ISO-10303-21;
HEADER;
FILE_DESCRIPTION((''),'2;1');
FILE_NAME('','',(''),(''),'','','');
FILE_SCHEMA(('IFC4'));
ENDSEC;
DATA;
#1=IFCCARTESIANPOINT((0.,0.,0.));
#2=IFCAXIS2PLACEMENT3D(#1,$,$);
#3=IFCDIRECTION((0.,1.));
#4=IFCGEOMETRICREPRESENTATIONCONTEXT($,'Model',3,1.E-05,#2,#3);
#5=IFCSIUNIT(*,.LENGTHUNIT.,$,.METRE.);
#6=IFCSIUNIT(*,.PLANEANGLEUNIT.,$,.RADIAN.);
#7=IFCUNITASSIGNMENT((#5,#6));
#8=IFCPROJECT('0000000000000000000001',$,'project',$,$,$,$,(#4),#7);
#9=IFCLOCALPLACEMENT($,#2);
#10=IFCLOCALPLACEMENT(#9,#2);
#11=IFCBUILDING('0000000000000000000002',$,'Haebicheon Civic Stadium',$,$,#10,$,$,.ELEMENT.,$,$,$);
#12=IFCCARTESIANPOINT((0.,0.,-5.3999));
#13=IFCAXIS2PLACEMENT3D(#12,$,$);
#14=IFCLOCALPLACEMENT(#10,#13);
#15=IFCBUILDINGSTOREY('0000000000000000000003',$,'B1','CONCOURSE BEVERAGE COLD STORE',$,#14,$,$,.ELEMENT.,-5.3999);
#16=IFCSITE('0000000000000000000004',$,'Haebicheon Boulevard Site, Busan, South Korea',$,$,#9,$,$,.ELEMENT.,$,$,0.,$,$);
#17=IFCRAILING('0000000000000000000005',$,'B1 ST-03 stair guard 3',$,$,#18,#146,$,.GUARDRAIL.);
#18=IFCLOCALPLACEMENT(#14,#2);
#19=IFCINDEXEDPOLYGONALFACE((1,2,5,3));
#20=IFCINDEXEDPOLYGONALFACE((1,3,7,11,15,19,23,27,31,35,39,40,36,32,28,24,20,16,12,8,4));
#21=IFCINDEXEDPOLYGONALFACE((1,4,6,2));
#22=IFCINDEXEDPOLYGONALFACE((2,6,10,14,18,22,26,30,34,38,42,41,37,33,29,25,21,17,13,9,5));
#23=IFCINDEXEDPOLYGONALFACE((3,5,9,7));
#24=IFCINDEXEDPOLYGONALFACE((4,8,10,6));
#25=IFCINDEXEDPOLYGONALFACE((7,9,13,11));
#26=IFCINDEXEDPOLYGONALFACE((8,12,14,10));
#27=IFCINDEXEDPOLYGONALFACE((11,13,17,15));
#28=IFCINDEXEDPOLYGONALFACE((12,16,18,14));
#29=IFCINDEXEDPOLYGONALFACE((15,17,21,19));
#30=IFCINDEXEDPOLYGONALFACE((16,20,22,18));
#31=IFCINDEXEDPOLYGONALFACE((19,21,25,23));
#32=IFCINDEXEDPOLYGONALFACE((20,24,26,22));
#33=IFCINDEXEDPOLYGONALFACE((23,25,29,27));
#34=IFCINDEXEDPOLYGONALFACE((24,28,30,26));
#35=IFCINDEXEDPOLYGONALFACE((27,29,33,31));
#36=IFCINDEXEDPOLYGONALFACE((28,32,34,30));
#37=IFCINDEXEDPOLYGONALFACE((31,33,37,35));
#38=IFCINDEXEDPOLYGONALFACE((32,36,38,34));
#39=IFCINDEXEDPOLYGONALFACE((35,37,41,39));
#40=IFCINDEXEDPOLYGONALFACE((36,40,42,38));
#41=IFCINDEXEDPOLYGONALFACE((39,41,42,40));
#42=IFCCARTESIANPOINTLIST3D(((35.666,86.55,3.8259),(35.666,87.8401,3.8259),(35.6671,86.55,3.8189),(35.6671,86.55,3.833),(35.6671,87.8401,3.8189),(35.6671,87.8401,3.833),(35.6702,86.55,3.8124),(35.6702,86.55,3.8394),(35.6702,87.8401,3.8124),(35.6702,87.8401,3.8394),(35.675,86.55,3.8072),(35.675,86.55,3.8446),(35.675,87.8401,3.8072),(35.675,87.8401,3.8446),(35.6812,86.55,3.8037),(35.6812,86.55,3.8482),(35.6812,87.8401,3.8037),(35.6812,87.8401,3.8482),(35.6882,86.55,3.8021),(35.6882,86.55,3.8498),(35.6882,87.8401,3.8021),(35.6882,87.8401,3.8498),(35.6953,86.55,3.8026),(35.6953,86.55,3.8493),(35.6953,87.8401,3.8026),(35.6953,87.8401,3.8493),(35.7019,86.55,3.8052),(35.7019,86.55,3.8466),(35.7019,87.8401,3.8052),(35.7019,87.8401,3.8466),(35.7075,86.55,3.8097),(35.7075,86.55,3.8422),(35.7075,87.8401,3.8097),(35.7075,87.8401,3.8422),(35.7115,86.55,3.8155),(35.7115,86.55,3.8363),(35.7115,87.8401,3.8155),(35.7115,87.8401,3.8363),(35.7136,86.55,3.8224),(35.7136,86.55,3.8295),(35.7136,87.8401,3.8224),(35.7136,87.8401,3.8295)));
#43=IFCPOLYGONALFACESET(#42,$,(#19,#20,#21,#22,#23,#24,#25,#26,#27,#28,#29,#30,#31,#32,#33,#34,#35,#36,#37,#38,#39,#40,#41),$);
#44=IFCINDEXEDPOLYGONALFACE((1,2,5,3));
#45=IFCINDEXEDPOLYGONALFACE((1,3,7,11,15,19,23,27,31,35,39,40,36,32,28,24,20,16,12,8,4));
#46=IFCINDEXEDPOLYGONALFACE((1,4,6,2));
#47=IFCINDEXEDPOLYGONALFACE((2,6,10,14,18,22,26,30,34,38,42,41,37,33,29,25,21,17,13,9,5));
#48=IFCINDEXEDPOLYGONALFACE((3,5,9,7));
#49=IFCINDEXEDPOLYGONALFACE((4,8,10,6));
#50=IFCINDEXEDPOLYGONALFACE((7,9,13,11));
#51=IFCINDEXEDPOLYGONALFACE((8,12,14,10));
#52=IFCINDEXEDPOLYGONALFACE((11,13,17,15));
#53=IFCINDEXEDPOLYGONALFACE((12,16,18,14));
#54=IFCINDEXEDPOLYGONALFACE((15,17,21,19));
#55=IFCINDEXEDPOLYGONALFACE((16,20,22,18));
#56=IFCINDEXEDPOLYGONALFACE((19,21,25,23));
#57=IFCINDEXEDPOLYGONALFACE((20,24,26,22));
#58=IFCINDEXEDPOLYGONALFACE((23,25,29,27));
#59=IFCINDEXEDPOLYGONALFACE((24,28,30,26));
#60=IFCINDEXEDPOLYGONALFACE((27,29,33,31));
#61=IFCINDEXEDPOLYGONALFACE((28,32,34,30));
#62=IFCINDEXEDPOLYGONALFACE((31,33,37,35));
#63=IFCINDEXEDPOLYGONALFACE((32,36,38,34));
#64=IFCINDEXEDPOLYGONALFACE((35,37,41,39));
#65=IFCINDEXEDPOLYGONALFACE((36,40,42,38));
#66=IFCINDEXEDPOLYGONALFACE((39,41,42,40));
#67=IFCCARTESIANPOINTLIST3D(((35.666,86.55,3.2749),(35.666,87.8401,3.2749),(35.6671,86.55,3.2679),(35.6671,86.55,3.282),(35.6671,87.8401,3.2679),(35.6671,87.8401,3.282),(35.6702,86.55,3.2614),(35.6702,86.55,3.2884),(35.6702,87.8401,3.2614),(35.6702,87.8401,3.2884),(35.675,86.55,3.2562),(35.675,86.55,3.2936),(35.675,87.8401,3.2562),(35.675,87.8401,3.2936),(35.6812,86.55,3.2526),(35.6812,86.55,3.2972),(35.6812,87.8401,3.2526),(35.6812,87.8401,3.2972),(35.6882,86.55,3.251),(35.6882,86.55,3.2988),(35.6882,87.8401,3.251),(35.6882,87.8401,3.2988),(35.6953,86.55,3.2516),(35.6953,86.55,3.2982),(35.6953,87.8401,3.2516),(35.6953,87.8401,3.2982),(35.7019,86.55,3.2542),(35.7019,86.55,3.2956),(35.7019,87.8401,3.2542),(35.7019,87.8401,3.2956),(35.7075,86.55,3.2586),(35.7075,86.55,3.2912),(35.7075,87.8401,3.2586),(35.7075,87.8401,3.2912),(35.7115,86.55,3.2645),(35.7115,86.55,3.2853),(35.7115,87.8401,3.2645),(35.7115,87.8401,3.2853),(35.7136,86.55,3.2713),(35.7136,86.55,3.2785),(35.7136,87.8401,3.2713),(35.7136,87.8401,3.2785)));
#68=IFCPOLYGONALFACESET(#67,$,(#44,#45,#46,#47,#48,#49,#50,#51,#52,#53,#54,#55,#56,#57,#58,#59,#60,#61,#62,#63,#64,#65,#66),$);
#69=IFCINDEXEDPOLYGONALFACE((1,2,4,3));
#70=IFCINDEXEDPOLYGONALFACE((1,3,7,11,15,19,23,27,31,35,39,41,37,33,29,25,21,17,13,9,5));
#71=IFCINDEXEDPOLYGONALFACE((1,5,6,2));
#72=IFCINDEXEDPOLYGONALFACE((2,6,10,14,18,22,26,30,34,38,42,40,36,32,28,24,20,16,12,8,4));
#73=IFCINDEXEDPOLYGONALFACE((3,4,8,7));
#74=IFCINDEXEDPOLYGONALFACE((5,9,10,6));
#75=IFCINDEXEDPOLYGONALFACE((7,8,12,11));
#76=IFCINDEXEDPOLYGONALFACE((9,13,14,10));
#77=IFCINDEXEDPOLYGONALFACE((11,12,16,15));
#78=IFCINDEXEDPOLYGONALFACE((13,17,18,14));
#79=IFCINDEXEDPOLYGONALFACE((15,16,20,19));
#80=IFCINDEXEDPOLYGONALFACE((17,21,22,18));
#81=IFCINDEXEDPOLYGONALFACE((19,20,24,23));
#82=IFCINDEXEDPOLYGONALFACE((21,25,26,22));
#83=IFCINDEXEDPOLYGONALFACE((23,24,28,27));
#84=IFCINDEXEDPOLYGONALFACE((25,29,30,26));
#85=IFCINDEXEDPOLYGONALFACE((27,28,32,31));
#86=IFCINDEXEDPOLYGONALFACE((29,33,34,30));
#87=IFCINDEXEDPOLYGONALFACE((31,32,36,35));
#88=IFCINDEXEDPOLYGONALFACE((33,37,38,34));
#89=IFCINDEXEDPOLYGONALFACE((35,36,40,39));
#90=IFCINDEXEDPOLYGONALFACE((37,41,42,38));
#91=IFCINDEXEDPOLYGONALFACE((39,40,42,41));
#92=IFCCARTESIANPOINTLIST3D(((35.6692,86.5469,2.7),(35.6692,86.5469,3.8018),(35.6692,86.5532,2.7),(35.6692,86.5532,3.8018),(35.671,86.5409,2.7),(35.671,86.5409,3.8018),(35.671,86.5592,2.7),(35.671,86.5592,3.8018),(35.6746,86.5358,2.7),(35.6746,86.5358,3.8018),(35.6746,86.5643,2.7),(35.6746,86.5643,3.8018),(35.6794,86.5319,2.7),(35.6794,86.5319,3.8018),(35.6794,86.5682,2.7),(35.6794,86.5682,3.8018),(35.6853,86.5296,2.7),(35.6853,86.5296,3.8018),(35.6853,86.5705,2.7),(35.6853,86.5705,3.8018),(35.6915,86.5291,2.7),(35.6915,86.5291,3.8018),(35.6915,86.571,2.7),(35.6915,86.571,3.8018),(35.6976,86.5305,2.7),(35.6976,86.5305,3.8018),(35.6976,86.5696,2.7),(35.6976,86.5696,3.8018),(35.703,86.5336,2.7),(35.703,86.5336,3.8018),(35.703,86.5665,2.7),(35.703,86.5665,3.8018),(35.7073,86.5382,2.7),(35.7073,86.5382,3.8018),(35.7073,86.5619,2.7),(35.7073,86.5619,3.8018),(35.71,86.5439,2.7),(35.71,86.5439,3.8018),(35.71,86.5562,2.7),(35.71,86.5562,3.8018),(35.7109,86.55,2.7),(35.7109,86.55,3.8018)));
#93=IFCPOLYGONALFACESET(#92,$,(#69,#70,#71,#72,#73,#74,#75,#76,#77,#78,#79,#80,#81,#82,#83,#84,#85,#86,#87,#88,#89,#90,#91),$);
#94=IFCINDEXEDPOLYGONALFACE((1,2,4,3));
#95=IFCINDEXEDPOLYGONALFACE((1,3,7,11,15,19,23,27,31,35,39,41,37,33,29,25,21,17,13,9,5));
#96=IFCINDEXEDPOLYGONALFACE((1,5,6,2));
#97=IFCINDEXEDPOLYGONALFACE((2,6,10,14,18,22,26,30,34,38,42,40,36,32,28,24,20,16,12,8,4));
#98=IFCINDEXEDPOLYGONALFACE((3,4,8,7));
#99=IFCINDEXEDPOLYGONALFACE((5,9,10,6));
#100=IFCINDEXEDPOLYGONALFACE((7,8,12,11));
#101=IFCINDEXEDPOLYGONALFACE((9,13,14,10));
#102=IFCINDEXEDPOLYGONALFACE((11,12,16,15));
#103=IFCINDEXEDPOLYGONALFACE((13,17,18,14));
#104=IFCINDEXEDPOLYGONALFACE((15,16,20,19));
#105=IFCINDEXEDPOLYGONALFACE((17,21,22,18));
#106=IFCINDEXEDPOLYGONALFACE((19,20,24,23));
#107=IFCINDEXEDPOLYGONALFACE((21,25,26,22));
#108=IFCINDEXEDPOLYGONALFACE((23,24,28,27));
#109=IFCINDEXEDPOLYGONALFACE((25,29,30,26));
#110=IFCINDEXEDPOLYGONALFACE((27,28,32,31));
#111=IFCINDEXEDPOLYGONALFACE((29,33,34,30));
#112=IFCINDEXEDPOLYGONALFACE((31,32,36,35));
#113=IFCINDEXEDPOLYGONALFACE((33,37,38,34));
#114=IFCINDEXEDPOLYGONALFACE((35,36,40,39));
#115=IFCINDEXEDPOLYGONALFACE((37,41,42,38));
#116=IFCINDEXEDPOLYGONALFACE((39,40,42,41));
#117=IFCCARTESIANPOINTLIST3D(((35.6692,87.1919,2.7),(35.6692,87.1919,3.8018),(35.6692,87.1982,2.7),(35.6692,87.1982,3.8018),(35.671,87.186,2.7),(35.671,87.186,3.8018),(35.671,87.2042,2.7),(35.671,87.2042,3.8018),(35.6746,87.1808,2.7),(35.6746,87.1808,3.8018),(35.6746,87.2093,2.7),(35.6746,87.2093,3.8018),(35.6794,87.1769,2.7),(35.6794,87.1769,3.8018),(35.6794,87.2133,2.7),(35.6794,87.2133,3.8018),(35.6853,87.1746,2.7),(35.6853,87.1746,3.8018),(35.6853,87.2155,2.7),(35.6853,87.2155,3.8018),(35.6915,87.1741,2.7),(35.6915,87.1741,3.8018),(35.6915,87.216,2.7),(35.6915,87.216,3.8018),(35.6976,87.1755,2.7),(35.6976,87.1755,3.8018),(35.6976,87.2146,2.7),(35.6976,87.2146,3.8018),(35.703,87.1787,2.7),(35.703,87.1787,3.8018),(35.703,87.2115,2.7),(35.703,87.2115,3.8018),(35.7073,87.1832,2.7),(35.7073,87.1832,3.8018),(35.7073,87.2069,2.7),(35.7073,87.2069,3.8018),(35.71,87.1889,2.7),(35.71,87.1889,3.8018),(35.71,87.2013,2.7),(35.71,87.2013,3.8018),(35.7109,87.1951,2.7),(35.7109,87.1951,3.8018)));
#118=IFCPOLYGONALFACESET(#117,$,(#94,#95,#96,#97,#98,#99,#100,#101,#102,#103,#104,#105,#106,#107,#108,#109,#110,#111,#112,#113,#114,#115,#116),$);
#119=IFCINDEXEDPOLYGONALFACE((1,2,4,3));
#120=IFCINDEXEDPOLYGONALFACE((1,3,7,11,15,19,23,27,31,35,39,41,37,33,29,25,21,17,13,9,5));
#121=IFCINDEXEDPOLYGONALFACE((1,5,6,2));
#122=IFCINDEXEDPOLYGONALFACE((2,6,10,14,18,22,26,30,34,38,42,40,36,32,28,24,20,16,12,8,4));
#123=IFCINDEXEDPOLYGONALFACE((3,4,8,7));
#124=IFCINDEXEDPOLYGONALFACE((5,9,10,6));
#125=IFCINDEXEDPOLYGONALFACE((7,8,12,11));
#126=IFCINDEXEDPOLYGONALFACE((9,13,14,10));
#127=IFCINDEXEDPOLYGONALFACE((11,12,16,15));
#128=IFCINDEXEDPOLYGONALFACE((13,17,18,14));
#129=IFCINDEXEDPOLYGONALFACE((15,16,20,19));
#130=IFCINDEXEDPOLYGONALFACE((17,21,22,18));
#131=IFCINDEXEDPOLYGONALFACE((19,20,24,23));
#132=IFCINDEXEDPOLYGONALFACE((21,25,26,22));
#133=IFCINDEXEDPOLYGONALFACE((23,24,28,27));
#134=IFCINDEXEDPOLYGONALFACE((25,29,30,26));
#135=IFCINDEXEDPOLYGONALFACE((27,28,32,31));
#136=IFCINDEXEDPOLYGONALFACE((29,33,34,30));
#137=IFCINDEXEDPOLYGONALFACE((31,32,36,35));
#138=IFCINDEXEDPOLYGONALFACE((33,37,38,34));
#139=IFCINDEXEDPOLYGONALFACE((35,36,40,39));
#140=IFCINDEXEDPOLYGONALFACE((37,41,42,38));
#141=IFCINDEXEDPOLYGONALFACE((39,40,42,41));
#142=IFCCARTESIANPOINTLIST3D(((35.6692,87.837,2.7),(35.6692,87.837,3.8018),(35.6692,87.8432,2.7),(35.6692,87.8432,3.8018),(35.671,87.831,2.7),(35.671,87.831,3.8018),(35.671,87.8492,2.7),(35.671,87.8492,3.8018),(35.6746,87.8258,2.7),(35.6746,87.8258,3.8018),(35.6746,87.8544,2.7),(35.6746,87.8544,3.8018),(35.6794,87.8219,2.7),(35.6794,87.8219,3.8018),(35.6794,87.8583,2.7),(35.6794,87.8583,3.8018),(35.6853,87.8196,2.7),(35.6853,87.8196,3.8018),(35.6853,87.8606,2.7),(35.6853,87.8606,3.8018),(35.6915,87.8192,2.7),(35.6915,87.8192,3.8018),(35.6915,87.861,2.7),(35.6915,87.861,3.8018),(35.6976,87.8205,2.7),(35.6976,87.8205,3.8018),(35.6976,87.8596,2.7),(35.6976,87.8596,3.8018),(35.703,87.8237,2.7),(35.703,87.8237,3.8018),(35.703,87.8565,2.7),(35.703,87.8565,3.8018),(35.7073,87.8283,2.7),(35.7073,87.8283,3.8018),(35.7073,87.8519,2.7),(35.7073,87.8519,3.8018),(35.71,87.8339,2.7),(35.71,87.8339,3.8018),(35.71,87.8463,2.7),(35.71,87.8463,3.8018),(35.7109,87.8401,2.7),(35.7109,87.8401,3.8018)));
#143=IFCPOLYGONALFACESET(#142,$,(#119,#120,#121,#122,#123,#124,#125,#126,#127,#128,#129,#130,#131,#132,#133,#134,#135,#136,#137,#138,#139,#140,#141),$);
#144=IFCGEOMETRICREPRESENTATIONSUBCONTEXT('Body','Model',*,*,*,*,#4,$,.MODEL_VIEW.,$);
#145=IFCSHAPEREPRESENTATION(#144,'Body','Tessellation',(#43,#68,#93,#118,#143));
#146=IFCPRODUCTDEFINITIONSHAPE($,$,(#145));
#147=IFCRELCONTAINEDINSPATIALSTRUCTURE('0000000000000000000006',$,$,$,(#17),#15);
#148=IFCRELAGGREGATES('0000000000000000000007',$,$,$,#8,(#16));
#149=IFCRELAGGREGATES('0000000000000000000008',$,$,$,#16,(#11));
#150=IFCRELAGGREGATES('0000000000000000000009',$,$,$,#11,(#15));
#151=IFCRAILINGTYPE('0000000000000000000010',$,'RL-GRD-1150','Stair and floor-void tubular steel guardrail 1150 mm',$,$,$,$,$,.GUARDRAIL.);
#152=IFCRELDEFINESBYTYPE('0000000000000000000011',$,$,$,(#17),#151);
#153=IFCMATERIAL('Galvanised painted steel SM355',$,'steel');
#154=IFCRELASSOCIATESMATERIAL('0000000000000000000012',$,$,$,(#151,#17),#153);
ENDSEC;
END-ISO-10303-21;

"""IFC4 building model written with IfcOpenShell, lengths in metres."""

from ifc_helpers import new_model, si_unit, direction, frame, origin, origin_2d, place, context, subcontext, project, spatial, circle, extrude, material, type_object, element, save


model = new_model("IFC4")

# Units and contexts
model_context = context("Model", 3, precision=1e-05, world=origin(), true_north=direction((0.0, 1.0)))
body_context = subcontext(model_context, "Body", "Model", "MODEL_VIEW")
ifc_project = project(units=[si_unit("LENGTHUNIT", "METRE"), si_unit("PLANEANGLEUNIT", "RADIAN")], contexts=[model_context])

# Site, building, storey
site_placement = place(None, origin())
site = spatial("IfcSite", under=ifc_project, at=site_placement, Name="Haebicheon Boulevard Site, Busan, South Korea", CompositionType="ELEMENT", RefElevation=0.0)
building_placement = place(site_placement, origin())
building = spatial("IfcBuilding", under=site, at=building_placement, Name="Haebicheon Civic Stadium", CompositionType="ELEMENT")
storey_placement = place(building_placement, frame((0.0, 0.0, -5.3999)))
storey = spatial("IfcBuildingStorey", under=building, at=storey_placement, Name="B1", Description="CONCOURSE BEVERAGE COLD STORE", CompositionType="ELEMENT", Elevation=-5.3999)

# Railing
ifc_material_1 = material(Name="Galvanised painted steel SM355", Category="steel")
railing_type = type_object("IfcRailingType", Name="RL-GRD-1150", Description="Stair and floor-void tubular steel guardrail 1150 mm", PredefinedType="GUARDRAIL", material=ifc_material_1)
railing_1_placement = place(storey_placement, frame((35.6899, 86.55, 2.7)))
element("IfcRailing", 1, at=railing_1_placement, inside=storey, type_object=railing_type, material=ifc_material_1, Name="B1 ST-03 stair guard 3", PredefinedType="GUARDRAIL", context=body_context, shape_type="SweptSolid", body=[
    extrude(circle(Radius=0.0239, at=origin_2d()), frame((0.0, 0.0, 1.126), z_axis=(0.0, 1.0, 0.0), x_axis=(-1.0, 0.0, 0.0)), (0.0, 0.0, 1.0), 1.29),
    extrude(circle(Radius=0.0239, at=origin_2d()), frame((0.0, 0.0, 0.575), z_axis=(0.0, 1.0, 0.0), x_axis=(-1.0, 0.0, 0.0)), (0.0, 0.0, 1.0), 1.29),
    extrude(circle(Radius=0.021, at=origin_2d()), origin(), (0.0, 0.0, 1.0), 1.1018),
    extrude(circle(Radius=0.021, at=origin_2d()), frame((0.0, 0.645, 0.0)), (0.0, 0.0, 1.0), 1.1018),
    extrude(circle(Radius=0.021, at=origin_2d()), frame((0.0, 1.29, 0.0)), (0.0, 0.0, 1.0), 1.1018),
])

save(model, "model.ifc")
